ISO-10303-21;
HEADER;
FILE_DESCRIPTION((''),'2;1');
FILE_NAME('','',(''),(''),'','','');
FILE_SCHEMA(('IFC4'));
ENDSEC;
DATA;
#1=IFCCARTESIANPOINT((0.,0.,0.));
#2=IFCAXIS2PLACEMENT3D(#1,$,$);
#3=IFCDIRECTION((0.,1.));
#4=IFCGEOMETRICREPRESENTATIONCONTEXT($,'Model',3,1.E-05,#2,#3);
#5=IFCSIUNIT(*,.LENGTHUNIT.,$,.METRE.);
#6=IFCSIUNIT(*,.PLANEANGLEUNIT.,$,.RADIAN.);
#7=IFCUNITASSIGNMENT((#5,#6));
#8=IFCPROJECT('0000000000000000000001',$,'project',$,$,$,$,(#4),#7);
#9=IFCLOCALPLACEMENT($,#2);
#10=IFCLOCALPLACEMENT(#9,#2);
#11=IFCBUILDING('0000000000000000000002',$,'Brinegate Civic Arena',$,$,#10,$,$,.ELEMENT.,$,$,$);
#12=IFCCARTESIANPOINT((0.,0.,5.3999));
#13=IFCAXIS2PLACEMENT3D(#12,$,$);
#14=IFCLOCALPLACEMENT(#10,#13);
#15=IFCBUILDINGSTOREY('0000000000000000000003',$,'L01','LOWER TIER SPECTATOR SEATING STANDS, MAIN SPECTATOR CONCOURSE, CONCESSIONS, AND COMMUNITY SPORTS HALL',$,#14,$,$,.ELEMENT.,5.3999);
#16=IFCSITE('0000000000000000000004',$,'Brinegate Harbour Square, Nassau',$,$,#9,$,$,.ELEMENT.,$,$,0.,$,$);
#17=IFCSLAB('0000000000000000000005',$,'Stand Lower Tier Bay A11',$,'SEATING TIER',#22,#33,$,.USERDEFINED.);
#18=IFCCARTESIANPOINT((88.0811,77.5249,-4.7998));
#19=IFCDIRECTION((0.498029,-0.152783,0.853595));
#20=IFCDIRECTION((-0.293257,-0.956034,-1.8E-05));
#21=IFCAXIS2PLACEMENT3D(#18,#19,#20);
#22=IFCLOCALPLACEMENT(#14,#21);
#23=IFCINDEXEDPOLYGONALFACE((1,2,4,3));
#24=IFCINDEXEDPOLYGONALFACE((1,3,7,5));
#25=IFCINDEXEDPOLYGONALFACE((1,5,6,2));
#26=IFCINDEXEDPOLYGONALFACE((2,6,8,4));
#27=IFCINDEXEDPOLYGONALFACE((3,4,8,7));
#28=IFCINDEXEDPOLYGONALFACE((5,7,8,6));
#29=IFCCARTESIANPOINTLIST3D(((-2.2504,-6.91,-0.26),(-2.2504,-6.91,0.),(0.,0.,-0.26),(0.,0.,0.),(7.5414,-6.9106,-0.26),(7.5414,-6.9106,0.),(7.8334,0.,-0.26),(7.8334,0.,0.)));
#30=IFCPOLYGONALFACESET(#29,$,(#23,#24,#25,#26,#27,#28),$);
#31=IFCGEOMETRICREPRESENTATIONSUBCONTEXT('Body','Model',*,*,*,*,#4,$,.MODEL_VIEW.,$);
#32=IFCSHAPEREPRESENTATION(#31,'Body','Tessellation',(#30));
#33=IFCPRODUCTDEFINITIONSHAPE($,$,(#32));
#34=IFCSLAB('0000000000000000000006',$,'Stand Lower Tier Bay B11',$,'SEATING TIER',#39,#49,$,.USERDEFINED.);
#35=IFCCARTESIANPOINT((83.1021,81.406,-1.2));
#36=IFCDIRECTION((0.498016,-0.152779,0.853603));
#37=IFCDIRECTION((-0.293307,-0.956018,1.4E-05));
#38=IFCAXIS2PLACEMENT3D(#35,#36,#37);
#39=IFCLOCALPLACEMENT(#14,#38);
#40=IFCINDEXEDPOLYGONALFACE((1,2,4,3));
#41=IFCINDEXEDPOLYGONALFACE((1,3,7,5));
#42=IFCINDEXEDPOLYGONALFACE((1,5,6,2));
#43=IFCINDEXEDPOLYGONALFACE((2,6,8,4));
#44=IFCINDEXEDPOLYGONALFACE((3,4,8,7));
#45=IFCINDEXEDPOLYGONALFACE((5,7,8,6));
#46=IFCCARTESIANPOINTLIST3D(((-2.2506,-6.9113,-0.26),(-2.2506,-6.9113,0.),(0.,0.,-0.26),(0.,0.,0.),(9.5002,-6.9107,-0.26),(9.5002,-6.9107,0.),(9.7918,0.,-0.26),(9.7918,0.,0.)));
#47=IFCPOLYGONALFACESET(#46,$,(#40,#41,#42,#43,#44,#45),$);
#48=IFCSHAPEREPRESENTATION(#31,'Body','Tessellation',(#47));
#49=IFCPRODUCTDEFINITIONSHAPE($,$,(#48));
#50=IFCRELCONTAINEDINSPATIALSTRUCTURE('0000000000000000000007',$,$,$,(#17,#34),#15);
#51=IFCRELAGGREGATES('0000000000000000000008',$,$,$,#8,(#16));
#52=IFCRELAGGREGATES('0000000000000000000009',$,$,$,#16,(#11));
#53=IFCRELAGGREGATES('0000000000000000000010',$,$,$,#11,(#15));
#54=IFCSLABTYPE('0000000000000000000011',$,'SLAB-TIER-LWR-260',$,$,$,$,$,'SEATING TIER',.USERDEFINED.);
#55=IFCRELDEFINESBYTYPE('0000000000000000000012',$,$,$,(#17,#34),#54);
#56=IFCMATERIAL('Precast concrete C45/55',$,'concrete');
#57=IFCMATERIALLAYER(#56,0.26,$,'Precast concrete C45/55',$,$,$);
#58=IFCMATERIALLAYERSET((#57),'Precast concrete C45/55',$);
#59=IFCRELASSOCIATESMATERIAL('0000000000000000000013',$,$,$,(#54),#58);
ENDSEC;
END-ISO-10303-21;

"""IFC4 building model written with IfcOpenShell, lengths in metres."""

from ifc_helpers import new_model, si_unit, direction, frame, origin, place, context, subcontext, project, spatial, polyline, outline, extrude, material, layer, layer_set, type_object, element, save


model = new_model("IFC4")

# Units and contexts
model_context = context("Model", 3, precision=1e-05, world=origin(), true_north=direction((0.0, 1.0)))
body_context = subcontext(model_context, "Body", "Model", "MODEL_VIEW")
ifc_project = project(units=[si_unit("LENGTHUNIT", "METRE"), si_unit("PLANEANGLEUNIT", "RADIAN")], contexts=[model_context])

# Site, building, storey
site_placement = place(None, origin())
site = spatial("IfcSite", under=ifc_project, at=site_placement, Name="Brinegate Harbour Square, Nassau", CompositionType="ELEMENT", RefElevation=0.0)
building_placement = place(site_placement, origin())
building = spatial("IfcBuilding", under=site, at=building_placement, Name="Brinegate Civic Arena", CompositionType="ELEMENT")
storey_placement = place(building_placement, frame((0.0, 0.0, 5.3999)))
storey = spatial("IfcBuildingStorey", under=building, at=storey_placement, Name="L01", Description="LOWER TIER SPECTATOR SEATING STANDS, MAIN SPECTATOR CONCOURSE, CONCESSIONS, AND COMMUNITY SPORTS HALL", CompositionType="ELEMENT", Elevation=5.3999)

# Slabs
ifc_material_1 = material(Name="Precast concrete C45/55", Category="concrete")
ifc_layer_1 = layer(ifc_material_1, 0.26, Name="Precast concrete C45/55")
ifc_layer_set_1 = layer_set([ifc_layer_1], Name="Precast concrete C45/55")
slab_type = type_object("IfcSlabType", Name="SLAB-TIER-LWR-260", ElementType="SEATING TIER", PredefinedType="USERDEFINED", material=ifc_layer_set_1)
slab_1_placement = place(storey_placement, frame((88.0811, 77.5249, -4.7998), z_axis=(0.498029, -0.152783, 0.853595), x_axis=(-0.293257, -0.956034, -0.000018)))
element("IfcSlab", 1, at=slab_1_placement, inside=storey, type_object=slab_type, Name="Stand Lower Tier Bay A11", ObjectType="SEATING TIER", PredefinedType="USERDEFINED", context=body_context, shape_type="SweptSolid", body=[
    extrude(outline(polyline([(0.0, 0.0), (7.8334, 0.0), (7.5414, -6.9106), (-2.2504, -6.91), (0.0, 0.0)])), origin(), (0.0, 0.0, -1.0), 0.26),
])
slab_2_placement = place(storey_placement, frame((83.1021, 81.406, -1.2), z_axis=(0.498016, -0.152779, 0.853603), x_axis=(-0.293307, -0.956018, 0.000014)))
element("IfcSlab", 2, at=slab_2_placement, inside=storey, type_object=slab_type, Name="Stand Lower Tier Bay B11", ObjectType="SEATING TIER", PredefinedType="USERDEFINED", context=body_context, shape_type="SweptSolid", body=[
    extrude(outline(polyline([(0.0, 0.0), (9.7918, 0.0), (9.5002, -6.9107), (-2.2506, -6.9113), (0.0, 0.0)])), origin(), (0.0, 0.0, -1.0), 0.26),
])

save(model, "model.ifc")
